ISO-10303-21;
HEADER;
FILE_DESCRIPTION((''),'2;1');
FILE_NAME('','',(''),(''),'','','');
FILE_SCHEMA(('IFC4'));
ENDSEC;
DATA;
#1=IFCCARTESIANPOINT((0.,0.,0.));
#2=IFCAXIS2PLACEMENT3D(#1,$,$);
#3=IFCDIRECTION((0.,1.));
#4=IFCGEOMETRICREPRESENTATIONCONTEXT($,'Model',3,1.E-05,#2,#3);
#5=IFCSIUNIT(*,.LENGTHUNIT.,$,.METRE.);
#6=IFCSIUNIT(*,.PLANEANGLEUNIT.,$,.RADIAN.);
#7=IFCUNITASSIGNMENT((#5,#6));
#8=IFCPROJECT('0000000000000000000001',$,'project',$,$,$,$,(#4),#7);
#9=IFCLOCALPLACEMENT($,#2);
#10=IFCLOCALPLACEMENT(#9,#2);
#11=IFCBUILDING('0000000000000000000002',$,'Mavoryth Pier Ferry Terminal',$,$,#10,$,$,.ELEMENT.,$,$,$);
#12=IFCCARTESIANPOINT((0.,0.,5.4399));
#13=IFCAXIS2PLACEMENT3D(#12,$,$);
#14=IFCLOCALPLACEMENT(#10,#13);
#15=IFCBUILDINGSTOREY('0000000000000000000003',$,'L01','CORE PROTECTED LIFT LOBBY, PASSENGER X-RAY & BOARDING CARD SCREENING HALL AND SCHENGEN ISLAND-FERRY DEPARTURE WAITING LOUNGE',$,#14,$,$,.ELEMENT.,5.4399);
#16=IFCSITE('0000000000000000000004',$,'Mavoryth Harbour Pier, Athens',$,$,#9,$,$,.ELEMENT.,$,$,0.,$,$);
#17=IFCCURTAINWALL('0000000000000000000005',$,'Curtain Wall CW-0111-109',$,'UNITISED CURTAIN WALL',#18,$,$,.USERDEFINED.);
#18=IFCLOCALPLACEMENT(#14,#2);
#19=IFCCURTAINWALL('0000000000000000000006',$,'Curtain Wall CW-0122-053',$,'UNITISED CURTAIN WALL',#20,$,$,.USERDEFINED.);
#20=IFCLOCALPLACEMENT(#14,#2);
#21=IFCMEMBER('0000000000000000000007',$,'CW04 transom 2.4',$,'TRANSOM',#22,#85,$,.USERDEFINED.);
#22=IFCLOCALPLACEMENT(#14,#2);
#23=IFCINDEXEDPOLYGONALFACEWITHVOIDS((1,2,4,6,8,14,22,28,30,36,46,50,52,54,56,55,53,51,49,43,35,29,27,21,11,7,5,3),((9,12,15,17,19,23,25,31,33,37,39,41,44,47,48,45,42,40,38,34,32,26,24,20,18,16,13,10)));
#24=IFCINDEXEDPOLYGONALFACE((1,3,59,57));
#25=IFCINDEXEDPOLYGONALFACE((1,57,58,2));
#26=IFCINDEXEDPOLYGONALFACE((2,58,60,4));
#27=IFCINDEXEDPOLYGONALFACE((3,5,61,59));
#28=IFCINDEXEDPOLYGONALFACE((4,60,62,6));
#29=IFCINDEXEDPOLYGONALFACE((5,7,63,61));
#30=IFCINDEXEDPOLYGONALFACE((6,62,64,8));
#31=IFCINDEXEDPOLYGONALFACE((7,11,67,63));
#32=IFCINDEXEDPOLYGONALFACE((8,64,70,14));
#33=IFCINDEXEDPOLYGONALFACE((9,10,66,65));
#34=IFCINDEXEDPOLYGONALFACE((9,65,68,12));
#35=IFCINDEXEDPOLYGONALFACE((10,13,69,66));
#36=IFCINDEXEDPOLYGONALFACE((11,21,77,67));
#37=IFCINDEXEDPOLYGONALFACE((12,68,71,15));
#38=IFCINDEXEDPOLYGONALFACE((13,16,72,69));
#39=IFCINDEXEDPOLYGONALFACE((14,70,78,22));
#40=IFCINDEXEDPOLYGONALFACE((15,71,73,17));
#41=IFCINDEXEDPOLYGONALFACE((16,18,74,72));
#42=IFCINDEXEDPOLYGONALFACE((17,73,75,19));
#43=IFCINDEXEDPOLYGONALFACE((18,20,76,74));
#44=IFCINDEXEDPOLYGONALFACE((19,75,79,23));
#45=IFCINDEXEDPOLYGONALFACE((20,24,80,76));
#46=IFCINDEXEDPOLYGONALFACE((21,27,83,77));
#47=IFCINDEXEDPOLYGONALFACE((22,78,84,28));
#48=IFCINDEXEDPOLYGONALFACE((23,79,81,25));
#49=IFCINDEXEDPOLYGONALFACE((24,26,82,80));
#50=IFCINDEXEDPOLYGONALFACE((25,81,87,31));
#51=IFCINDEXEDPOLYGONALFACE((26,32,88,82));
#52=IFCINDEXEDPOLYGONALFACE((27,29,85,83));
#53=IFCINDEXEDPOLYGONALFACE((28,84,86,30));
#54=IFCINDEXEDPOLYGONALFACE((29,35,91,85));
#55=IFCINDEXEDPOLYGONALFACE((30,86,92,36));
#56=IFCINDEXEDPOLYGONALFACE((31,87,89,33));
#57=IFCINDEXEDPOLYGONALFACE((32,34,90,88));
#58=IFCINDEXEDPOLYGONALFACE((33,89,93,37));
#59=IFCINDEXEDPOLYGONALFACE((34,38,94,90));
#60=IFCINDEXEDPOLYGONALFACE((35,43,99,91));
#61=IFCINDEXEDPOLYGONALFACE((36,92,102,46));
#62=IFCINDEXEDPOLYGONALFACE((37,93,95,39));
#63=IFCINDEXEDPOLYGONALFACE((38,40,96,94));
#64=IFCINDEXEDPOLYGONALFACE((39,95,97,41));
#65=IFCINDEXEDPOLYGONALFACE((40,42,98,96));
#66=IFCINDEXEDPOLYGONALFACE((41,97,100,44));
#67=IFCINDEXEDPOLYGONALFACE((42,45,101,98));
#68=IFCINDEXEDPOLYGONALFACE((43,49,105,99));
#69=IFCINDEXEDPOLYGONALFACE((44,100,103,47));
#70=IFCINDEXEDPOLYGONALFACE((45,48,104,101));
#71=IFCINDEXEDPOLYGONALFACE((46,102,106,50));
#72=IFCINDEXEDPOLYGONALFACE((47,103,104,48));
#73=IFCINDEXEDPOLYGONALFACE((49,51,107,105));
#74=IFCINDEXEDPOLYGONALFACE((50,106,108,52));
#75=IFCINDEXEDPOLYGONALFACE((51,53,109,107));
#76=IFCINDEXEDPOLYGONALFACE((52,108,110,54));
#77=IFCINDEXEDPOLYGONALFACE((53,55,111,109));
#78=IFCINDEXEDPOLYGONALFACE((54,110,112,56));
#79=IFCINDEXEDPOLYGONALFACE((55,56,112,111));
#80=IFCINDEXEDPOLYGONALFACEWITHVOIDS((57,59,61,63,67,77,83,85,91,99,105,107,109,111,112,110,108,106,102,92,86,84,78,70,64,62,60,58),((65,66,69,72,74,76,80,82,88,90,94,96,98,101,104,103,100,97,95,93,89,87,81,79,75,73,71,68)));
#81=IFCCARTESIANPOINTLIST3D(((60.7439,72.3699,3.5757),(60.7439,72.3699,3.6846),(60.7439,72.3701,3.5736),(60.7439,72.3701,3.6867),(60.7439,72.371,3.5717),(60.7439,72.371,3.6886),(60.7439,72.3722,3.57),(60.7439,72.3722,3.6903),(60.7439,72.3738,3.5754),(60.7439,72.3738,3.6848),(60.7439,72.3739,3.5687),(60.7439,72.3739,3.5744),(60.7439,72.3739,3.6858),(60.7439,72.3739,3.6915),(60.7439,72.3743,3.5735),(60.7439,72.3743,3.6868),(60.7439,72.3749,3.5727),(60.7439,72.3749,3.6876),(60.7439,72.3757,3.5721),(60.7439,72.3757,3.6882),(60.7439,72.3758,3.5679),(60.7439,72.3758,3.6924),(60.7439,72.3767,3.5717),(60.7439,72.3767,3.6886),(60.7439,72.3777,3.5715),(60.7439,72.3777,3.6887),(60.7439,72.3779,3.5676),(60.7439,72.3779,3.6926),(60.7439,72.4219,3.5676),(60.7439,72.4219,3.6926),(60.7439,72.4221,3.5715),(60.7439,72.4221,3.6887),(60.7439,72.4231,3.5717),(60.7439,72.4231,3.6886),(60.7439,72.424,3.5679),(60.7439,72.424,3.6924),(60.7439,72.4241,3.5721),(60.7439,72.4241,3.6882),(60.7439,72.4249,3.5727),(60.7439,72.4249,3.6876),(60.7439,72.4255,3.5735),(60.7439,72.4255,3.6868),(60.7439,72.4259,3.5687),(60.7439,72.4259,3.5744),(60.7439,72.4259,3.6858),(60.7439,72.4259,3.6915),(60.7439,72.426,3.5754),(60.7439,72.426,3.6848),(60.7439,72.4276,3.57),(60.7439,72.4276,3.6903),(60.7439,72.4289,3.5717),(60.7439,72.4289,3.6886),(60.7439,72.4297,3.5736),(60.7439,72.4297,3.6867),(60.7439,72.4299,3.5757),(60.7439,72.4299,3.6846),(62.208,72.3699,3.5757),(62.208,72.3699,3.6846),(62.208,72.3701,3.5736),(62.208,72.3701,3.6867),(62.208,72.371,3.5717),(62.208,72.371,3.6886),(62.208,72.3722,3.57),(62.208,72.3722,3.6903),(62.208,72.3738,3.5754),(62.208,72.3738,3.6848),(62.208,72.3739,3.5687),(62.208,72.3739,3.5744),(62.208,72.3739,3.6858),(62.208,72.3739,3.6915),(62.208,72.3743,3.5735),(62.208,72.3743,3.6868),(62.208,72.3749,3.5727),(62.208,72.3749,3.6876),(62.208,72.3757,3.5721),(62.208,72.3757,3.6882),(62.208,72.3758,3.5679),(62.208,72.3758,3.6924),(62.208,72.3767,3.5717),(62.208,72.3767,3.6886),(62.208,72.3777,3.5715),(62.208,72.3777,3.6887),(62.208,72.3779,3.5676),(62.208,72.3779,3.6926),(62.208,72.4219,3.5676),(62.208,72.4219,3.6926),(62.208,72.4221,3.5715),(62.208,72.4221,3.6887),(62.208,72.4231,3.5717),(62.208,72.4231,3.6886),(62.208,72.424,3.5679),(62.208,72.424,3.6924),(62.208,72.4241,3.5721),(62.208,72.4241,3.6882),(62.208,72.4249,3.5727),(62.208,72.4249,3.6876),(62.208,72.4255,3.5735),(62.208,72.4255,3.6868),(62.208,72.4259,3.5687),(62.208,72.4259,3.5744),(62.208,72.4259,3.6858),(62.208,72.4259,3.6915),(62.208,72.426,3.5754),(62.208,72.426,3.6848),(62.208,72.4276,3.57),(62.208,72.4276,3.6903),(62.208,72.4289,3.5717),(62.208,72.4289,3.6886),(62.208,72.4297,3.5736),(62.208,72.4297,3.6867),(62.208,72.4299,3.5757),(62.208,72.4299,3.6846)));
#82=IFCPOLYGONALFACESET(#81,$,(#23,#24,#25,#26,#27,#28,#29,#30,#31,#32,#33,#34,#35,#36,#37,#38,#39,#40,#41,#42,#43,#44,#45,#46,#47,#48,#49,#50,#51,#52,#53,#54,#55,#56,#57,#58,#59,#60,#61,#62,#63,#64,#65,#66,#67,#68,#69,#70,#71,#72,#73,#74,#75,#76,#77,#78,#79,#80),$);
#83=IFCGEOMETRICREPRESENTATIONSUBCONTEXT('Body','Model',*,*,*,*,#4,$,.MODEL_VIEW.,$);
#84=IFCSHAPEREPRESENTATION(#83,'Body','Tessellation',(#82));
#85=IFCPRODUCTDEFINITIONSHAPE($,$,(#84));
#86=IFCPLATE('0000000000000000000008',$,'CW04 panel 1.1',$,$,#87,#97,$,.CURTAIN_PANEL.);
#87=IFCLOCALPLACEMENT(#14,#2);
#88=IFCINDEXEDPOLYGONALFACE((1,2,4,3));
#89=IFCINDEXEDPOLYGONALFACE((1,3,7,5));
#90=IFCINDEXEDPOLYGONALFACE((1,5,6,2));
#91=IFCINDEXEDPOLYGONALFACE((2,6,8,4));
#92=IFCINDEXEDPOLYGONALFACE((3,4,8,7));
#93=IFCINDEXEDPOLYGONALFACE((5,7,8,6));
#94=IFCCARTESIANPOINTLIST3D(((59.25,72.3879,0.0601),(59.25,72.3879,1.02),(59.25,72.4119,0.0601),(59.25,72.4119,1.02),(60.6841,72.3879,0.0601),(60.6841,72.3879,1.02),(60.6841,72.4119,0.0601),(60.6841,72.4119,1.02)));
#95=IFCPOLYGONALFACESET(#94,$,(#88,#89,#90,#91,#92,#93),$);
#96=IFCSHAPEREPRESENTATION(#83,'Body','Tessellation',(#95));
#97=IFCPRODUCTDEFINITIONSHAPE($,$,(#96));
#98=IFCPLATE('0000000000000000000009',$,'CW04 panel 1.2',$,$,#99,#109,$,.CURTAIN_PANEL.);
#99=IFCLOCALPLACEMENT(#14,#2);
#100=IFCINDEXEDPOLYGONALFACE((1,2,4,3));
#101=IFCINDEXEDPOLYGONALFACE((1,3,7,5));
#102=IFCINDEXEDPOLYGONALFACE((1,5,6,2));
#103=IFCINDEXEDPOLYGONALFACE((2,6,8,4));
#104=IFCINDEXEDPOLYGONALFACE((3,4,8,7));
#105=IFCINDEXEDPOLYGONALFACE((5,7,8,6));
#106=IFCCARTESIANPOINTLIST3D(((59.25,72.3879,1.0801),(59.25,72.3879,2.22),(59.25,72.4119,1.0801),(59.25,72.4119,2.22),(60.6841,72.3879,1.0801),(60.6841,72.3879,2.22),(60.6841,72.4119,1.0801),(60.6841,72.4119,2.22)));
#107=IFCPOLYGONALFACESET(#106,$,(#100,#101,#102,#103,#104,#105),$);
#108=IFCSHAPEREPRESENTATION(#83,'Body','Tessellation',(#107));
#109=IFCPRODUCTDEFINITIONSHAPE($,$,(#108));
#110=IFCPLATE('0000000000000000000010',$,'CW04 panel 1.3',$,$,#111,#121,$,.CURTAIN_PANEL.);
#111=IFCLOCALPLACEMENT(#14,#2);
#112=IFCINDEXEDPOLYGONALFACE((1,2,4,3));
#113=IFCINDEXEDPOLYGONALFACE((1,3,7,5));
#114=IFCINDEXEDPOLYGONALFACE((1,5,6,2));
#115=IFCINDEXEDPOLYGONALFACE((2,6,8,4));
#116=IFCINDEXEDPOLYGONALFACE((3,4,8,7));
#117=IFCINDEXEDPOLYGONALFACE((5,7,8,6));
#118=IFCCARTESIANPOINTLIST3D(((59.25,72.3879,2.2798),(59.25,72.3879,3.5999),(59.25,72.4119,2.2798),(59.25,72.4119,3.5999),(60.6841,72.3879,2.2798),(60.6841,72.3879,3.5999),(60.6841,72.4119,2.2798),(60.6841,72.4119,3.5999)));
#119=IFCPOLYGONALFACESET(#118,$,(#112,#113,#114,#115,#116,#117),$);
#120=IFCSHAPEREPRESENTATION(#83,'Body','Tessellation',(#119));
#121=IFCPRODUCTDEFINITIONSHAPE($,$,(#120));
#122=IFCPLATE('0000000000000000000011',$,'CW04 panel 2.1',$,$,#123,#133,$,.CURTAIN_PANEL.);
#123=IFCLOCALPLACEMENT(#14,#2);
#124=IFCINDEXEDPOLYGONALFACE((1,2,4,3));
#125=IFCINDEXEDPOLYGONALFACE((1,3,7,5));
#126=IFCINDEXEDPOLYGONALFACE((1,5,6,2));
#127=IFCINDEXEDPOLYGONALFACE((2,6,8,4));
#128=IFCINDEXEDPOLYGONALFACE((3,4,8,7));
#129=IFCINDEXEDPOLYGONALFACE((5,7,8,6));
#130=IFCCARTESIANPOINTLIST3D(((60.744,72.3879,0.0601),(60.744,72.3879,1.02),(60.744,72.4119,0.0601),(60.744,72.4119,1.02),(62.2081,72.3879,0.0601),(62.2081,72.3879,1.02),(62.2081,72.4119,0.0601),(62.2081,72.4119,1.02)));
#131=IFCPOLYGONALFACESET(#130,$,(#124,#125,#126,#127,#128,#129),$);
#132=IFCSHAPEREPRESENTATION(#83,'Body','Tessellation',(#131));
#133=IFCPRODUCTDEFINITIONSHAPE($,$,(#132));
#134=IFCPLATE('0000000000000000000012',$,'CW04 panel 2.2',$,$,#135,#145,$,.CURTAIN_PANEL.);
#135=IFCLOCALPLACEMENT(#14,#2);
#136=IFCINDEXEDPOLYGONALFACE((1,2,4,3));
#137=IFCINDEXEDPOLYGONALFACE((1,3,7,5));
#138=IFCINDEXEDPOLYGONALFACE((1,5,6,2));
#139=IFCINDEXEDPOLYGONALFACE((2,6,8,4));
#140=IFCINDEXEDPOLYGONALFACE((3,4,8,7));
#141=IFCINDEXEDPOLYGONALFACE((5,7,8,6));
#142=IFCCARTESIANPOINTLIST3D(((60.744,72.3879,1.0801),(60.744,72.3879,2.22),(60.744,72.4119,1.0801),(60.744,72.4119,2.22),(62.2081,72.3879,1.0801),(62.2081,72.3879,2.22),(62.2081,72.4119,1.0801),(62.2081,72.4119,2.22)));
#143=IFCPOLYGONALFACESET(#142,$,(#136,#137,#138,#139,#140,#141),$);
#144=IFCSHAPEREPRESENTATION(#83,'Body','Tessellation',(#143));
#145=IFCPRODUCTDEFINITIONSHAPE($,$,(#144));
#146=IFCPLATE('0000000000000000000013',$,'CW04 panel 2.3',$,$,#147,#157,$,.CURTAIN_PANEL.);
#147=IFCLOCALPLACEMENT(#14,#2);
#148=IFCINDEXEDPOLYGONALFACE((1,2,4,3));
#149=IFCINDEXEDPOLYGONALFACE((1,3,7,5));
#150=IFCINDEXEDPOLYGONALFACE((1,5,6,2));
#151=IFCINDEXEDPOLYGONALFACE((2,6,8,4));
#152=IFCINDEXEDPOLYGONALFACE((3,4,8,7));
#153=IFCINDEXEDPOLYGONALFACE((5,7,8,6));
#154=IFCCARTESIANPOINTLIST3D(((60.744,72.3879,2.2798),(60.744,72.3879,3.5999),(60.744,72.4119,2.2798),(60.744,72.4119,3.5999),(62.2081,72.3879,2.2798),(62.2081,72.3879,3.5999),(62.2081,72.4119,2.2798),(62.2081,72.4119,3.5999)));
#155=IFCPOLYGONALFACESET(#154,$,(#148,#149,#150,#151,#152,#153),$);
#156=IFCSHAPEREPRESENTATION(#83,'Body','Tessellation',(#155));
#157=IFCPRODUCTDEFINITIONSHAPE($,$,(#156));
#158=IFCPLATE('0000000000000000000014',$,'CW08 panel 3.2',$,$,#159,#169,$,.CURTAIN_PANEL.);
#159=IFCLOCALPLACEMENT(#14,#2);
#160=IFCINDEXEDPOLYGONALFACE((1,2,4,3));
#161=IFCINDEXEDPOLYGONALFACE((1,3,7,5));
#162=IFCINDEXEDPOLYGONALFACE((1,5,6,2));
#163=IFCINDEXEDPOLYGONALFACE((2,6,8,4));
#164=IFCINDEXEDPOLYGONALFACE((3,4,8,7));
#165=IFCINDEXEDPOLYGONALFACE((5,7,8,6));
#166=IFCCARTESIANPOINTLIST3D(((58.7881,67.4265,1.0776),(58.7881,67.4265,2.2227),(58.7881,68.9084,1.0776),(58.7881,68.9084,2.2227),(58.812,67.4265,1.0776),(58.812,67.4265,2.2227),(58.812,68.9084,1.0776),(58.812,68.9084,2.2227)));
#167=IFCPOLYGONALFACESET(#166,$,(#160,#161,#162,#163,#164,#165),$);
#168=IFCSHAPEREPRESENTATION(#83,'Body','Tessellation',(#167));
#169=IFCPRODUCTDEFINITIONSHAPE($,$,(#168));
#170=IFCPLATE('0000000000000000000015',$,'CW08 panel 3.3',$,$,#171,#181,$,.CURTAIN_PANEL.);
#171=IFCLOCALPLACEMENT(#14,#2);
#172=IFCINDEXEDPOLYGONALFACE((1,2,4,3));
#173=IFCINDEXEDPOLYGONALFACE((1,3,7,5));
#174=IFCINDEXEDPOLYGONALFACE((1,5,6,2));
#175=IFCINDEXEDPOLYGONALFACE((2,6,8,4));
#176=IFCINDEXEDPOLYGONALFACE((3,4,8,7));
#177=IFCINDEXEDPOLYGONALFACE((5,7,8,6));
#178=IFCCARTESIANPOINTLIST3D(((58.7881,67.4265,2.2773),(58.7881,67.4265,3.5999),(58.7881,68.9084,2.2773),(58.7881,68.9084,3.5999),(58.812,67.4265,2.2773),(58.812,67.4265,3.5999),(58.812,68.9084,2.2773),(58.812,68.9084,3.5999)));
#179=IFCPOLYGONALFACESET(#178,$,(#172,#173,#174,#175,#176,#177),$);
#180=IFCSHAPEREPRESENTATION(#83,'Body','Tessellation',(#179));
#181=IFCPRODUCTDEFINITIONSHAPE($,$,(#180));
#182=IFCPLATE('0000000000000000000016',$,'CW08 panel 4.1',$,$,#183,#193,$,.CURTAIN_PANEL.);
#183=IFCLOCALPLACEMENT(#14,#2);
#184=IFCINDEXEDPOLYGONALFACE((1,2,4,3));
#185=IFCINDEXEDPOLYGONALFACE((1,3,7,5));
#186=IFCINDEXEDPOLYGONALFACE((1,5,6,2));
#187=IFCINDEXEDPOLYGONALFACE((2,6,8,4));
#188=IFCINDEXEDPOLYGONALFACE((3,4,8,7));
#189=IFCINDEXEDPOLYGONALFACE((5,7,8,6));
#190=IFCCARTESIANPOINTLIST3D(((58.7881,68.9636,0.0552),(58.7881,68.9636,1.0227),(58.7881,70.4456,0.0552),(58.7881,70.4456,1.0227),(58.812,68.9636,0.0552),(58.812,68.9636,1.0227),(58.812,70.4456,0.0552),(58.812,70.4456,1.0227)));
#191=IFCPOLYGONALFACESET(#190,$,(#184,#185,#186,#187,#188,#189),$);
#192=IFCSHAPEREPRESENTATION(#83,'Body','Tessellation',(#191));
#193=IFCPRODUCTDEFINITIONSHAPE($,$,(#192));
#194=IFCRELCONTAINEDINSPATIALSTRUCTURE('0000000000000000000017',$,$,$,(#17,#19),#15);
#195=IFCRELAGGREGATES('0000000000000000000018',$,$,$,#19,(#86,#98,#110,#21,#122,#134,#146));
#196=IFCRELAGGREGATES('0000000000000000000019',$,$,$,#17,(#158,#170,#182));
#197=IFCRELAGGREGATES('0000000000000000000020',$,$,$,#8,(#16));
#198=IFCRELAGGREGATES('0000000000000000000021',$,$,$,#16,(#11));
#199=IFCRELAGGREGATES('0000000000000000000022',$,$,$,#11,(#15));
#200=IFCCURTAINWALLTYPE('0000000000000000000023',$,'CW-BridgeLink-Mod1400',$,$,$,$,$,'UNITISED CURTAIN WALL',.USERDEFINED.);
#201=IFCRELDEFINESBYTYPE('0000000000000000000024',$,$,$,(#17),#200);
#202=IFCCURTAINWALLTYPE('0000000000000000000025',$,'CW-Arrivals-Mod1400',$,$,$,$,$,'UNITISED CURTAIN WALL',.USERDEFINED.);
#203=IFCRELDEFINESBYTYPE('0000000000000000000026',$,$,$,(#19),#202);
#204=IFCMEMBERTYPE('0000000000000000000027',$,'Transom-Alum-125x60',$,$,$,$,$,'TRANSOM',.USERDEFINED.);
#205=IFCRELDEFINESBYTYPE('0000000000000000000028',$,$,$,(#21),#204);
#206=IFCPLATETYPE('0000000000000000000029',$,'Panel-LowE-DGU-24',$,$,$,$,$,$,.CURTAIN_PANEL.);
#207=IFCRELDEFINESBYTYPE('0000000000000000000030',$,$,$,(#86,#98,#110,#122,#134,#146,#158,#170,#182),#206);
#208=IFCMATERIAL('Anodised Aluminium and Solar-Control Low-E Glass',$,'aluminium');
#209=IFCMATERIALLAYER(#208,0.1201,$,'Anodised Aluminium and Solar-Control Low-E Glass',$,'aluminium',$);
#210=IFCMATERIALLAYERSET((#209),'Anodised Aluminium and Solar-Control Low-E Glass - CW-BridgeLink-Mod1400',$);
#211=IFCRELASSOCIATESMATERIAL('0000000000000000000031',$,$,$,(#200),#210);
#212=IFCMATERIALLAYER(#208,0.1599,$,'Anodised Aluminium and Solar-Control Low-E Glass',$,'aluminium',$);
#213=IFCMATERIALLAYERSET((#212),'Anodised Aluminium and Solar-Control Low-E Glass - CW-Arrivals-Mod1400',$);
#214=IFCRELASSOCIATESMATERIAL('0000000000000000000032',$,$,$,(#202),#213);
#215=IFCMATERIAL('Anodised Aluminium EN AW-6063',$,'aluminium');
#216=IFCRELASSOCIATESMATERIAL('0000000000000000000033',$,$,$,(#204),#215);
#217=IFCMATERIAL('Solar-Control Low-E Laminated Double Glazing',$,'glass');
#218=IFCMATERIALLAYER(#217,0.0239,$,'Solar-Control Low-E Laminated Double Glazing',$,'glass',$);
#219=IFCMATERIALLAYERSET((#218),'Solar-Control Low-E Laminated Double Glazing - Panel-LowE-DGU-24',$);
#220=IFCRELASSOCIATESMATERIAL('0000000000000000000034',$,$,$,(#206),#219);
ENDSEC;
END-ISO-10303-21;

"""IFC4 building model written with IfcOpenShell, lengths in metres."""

from ifc_helpers import new_model, si_unit, direction, frame, origin, origin_2d, place, context, subcontext, project, spatial, rectangle, hollow_rectangle, extrude, material, layer, layer_set, material_profile, profile_set, type_object, element, aggregate, save


model = new_model("IFC4")

# Units and contexts
model_context = context("Model", 3, precision=1e-05, world=origin(), true_north=direction((0.0, 1.0)))
body_context = subcontext(model_context, "Body", "Model", "MODEL_VIEW")
ifc_project = project(units=[si_unit("LENGTHUNIT", "METRE"), si_unit("PLANEANGLEUNIT", "RADIAN")], contexts=[model_context])

# Site, building, storey
site_placement = place(None, origin())
site = spatial("IfcSite", under=ifc_project, at=site_placement, Name="Mavoryth Harbour Pier, Athens", CompositionType="ELEMENT", RefElevation=0.0)
building_placement = place(site_placement, origin())
building = spatial("IfcBuilding", under=site, at=building_placement, Name="Mavoryth Pier Ferry Terminal", CompositionType="ELEMENT")
storey_placement = place(building_placement, frame((0.0, 0.0, 5.4399)))
storey = spatial("IfcBuildingStorey", under=building, at=storey_placement, Name="L01", Description="CORE PROTECTED LIFT LOBBY, PASSENGER X-RAY & BOARDING CARD SCREENING HALL AND SCHENGEN ISLAND-FERRY DEPARTURE WAITING LOUNGE", CompositionType="ELEMENT", Elevation=5.4399)

# Curtain walls
ifc_material_1 = material(Name="Anodised Aluminium and Solar-Control Low-E Glass", Category="aluminium")
ifc_layer_1 = layer(ifc_material_1, 0.1201, Name="Anodised Aluminium and Solar-Control Low-E Glass", Category="aluminium")
ifc_layer_set_1 = layer_set([ifc_layer_1], Name="Anodised Aluminium and Solar-Control Low-E Glass - CW-BridgeLink-Mod1400")
curtain_wall_type_1 = type_object("IfcCurtainWallType", Name="CW-BridgeLink-Mod1400", ElementType="UNITISED CURTAIN WALL", PredefinedType="USERDEFINED", material=ifc_layer_set_1)
curtain_wall_1_placement = place(storey_placement, origin())
curtain_wall_1 = element("IfcCurtainWall", 1, at=curtain_wall_1_placement, inside=storey, type_object=curtain_wall_type_1, Name="Curtain Wall CW-0111-109", ObjectType="UNITISED CURTAIN WALL", PredefinedType="USERDEFINED")
ifc_material_2 = material(Name="Anodised Aluminium EN AW-6063", Category="aluminium")
ifc_layer_2 = layer(ifc_material_1, 0.1599, Name="Anodised Aluminium and Solar-Control Low-E Glass", Category="aluminium")
ifc_layer_set_2 = layer_set([ifc_layer_2], Name="Anodised Aluminium and Solar-Control Low-E Glass - CW-Arrivals-Mod1400")
curtain_wall_type_2 = type_object("IfcCurtainWallType", Name="CW-Arrivals-Mod1400", ElementType="UNITISED CURTAIN WALL", PredefinedType="USERDEFINED", material=ifc_layer_set_2)
curtain_wall_2_placement = place(storey_placement, origin())
curtain_wall_2 = element("IfcCurtainWall", 2, at=curtain_wall_2_placement, inside=storey, type_object=curtain_wall_type_2, Name="Curtain Wall CW-0122-053", ObjectType="UNITISED CURTAIN WALL", PredefinedType="USERDEFINED")

# Member
ifc_material_profile_1 = material_profile(ifc_material_2, hollow_rectangle(XDim=0.0601, YDim=0.125, WallThickness=0.0039, InnerFilletRadius=0.0039, OuterFilletRadius=0.0081, at=origin_2d()), Name="AL-TRAN 125x60x4", Category="aluminium")
ifc_profile_set_1 = profile_set([ifc_material_profile_1], Name="Anodised Aluminium EN AW-6063 - AL-TRAN 125x60x4")
member_type_1 = type_object("IfcMemberType", Name="Transom-Alum-125x60", ElementType="TRANSOM", PredefinedType="USERDEFINED", material=ifc_profile_set_1)
member_1_placement = place(storey_placement, frame((60.7439, 72.3999, 3.6301), z_axis=(1.0, 0.0, 0.0), x_axis=(0.0, 1.0, 0.0)))
member_1 = element("IfcMember", 3, at=member_1_placement, type_object=member_type_1, Name="CW04 transom 2.4", ObjectType="TRANSOM", PredefinedType="USERDEFINED", context=body_context, shape_type="SweptSolid", body=[
    extrude(hollow_rectangle(XDim=0.0601, YDim=0.125, WallThickness=0.0039, InnerFilletRadius=0.0039, OuterFilletRadius=0.0081, at=origin_2d()), origin(), (0.0, 0.0, 1.0), 1.4641),
])

# Plates
ifc_material_3 = material(Name="Solar-Control Low-E Laminated Double Glazing", Category="glass")
ifc_layer_3 = layer(ifc_material_3, 0.0239, Name="Solar-Control Low-E Laminated Double Glazing", Category="glass")
ifc_layer_set_3 = layer_set([ifc_layer_3], Name="Solar-Control Low-E Laminated Double Glazing - Panel-LowE-DGU-24")
plate_type = type_object("IfcPlateType", Name="Panel-LowE-DGU-24", PredefinedType="CURTAIN_PANEL", material=ifc_layer_set_3)
plate_1_placement = place(storey_placement, frame((59.967, 72.3999, 0.0601), z_axis=(0.0, 0.0, 1.0), x_axis=(1.0, 0.0, 0.0)))
plate_1 = element("IfcPlate", 4, at=plate_1_placement, type_object=plate_type, Name="CW04 panel 1.1", PredefinedType="CURTAIN_PANEL", context=body_context, shape_type="SweptSolid", body=[
    extrude(rectangle(XDim=1.4341, YDim=0.0239, at=origin_2d()), origin(), (0.0, 0.0, 1.0), 0.96),
])
plate_2_placement = place(storey_placement, frame((59.967, 72.3999, 1.0801), z_axis=(0.0, 0.0, 1.0), x_axis=(1.0, 0.0, 0.0)))
plate_2 = element("IfcPlate", 5, at=plate_2_placement, type_object=plate_type, Name="CW04 panel 1.2", PredefinedType="CURTAIN_PANEL", context=body_context, shape_type="SweptSolid", body=[
    extrude(rectangle(XDim=1.4341, YDim=0.0239, at=origin_2d()), origin(), (0.0, 0.0, 1.0), 1.1399),
])
plate_3_placement = place(storey_placement, frame((59.967, 72.3999, 2.2798), z_axis=(0.0, 0.0, 1.0), x_axis=(1.0, 0.0, 0.0)))
plate_3 = element("IfcPlate", 6, at=plate_3_placement, type_object=plate_type, Name="CW04 panel 1.3", PredefinedType="CURTAIN_PANEL", context=body_context, shape_type="SweptSolid", body=[
    extrude(rectangle(XDim=1.4341, YDim=0.0239, at=origin_2d()), origin(), (0.0, 0.0, 1.0), 1.3201),
])
plate_4_placement = place(storey_placement, frame((61.4761, 72.3999, 0.0601), z_axis=(0.0, 0.0, 1.0), x_axis=(1.0, 0.0, 0.0)))
plate_4 = element("IfcPlate", 7, at=plate_4_placement, type_object=plate_type, Name="CW04 panel 2.1", PredefinedType="CURTAIN_PANEL", context=body_context, shape_type="SweptSolid", body=[
    extrude(rectangle(XDim=1.4641, YDim=0.0239, at=origin_2d()), origin(), (0.0, 0.0, 1.0), 0.96),
])
plate_5_placement = place(storey_placement, frame((61.4761, 72.3999, 1.0801), z_axis=(0.0, 0.0, 1.0), x_axis=(1.0, 0.0, 0.0)))
plate_5 = element("IfcPlate", 8, at=plate_5_placement, type_object=plate_type, Name="CW04 panel 2.2", PredefinedType="CURTAIN_PANEL", context=body_context, shape_type="SweptSolid", body=[
    extrude(rectangle(XDim=1.4641, YDim=0.0239, at=origin_2d()), origin(), (0.0, 0.0, 1.0), 1.1399),
])
plate_6_placement = place(storey_placement, frame((61.4761, 72.3999, 2.2798), z_axis=(0.0, 0.0, 1.0), x_axis=(1.0, 0.0, 0.0)))
plate_6 = element("IfcPlate", 9, at=plate_6_placement, type_object=plate_type, Name="CW04 panel 2.3", PredefinedType="CURTAIN_PANEL", context=body_context, shape_type="SweptSolid", body=[
    extrude(rectangle(XDim=1.4641, YDim=0.0239, at=origin_2d()), origin(), (0.0, 0.0, 1.0), 1.3201),
])
aggregate(curtain_wall_2, [plate_1, plate_2, plate_3, member_1, plate_4, plate_5, plate_6])
plate_7_placement = place(storey_placement, frame((58.8, 68.1675, 1.0776), z_axis=(0.0, 0.0, 1.0), x_axis=(0.0, 1.0, 0.0)))
plate_7 = element("IfcPlate", 10, at=plate_7_placement, type_object=plate_type, Name="CW08 panel 3.2", PredefinedType="CURTAIN_PANEL", context=body_context, shape_type="SweptSolid", body=[
    extrude(rectangle(XDim=1.4819, YDim=0.0239, at=origin_2d()), origin(), (0.0, 0.0, 1.0), 1.145),
])
plate_8_placement = place(storey_placement, frame((58.8, 68.1675, 2.2773), z_axis=(0.0, 0.0, 1.0), x_axis=(0.0, 1.0, 0.0)))
plate_8 = element("IfcPlate", 11, at=plate_8_placement, type_object=plate_type, Name="CW08 panel 3.3", PredefinedType="CURTAIN_PANEL", context=body_context, shape_type="SweptSolid", body=[
    extrude(rectangle(XDim=1.4819, YDim=0.0239, at=origin_2d()), origin(), (0.0, 0.0, 1.0), 1.3225),
])
plate_9_placement = place(storey_placement, frame((58.8, 69.7046, 0.0552), z_axis=(0.0, 0.0, 1.0), x_axis=(0.0, 1.0, 0.0)))
plate_9 = element("IfcPlate", 12, at=plate_9_placement, type_object=plate_type, Name="CW08 panel 4.1", PredefinedType="CURTAIN_PANEL", context=body_context, shape_type="SweptSolid", body=[
    extrude(rectangle(XDim=1.4819, YDim=0.0239, at=origin_2d()), origin(), (0.0, 0.0, 1.0), 0.9675),
])
aggregate(curtain_wall_1, [plate_7, plate_8, plate_9])

save(model, "model.ifc")
